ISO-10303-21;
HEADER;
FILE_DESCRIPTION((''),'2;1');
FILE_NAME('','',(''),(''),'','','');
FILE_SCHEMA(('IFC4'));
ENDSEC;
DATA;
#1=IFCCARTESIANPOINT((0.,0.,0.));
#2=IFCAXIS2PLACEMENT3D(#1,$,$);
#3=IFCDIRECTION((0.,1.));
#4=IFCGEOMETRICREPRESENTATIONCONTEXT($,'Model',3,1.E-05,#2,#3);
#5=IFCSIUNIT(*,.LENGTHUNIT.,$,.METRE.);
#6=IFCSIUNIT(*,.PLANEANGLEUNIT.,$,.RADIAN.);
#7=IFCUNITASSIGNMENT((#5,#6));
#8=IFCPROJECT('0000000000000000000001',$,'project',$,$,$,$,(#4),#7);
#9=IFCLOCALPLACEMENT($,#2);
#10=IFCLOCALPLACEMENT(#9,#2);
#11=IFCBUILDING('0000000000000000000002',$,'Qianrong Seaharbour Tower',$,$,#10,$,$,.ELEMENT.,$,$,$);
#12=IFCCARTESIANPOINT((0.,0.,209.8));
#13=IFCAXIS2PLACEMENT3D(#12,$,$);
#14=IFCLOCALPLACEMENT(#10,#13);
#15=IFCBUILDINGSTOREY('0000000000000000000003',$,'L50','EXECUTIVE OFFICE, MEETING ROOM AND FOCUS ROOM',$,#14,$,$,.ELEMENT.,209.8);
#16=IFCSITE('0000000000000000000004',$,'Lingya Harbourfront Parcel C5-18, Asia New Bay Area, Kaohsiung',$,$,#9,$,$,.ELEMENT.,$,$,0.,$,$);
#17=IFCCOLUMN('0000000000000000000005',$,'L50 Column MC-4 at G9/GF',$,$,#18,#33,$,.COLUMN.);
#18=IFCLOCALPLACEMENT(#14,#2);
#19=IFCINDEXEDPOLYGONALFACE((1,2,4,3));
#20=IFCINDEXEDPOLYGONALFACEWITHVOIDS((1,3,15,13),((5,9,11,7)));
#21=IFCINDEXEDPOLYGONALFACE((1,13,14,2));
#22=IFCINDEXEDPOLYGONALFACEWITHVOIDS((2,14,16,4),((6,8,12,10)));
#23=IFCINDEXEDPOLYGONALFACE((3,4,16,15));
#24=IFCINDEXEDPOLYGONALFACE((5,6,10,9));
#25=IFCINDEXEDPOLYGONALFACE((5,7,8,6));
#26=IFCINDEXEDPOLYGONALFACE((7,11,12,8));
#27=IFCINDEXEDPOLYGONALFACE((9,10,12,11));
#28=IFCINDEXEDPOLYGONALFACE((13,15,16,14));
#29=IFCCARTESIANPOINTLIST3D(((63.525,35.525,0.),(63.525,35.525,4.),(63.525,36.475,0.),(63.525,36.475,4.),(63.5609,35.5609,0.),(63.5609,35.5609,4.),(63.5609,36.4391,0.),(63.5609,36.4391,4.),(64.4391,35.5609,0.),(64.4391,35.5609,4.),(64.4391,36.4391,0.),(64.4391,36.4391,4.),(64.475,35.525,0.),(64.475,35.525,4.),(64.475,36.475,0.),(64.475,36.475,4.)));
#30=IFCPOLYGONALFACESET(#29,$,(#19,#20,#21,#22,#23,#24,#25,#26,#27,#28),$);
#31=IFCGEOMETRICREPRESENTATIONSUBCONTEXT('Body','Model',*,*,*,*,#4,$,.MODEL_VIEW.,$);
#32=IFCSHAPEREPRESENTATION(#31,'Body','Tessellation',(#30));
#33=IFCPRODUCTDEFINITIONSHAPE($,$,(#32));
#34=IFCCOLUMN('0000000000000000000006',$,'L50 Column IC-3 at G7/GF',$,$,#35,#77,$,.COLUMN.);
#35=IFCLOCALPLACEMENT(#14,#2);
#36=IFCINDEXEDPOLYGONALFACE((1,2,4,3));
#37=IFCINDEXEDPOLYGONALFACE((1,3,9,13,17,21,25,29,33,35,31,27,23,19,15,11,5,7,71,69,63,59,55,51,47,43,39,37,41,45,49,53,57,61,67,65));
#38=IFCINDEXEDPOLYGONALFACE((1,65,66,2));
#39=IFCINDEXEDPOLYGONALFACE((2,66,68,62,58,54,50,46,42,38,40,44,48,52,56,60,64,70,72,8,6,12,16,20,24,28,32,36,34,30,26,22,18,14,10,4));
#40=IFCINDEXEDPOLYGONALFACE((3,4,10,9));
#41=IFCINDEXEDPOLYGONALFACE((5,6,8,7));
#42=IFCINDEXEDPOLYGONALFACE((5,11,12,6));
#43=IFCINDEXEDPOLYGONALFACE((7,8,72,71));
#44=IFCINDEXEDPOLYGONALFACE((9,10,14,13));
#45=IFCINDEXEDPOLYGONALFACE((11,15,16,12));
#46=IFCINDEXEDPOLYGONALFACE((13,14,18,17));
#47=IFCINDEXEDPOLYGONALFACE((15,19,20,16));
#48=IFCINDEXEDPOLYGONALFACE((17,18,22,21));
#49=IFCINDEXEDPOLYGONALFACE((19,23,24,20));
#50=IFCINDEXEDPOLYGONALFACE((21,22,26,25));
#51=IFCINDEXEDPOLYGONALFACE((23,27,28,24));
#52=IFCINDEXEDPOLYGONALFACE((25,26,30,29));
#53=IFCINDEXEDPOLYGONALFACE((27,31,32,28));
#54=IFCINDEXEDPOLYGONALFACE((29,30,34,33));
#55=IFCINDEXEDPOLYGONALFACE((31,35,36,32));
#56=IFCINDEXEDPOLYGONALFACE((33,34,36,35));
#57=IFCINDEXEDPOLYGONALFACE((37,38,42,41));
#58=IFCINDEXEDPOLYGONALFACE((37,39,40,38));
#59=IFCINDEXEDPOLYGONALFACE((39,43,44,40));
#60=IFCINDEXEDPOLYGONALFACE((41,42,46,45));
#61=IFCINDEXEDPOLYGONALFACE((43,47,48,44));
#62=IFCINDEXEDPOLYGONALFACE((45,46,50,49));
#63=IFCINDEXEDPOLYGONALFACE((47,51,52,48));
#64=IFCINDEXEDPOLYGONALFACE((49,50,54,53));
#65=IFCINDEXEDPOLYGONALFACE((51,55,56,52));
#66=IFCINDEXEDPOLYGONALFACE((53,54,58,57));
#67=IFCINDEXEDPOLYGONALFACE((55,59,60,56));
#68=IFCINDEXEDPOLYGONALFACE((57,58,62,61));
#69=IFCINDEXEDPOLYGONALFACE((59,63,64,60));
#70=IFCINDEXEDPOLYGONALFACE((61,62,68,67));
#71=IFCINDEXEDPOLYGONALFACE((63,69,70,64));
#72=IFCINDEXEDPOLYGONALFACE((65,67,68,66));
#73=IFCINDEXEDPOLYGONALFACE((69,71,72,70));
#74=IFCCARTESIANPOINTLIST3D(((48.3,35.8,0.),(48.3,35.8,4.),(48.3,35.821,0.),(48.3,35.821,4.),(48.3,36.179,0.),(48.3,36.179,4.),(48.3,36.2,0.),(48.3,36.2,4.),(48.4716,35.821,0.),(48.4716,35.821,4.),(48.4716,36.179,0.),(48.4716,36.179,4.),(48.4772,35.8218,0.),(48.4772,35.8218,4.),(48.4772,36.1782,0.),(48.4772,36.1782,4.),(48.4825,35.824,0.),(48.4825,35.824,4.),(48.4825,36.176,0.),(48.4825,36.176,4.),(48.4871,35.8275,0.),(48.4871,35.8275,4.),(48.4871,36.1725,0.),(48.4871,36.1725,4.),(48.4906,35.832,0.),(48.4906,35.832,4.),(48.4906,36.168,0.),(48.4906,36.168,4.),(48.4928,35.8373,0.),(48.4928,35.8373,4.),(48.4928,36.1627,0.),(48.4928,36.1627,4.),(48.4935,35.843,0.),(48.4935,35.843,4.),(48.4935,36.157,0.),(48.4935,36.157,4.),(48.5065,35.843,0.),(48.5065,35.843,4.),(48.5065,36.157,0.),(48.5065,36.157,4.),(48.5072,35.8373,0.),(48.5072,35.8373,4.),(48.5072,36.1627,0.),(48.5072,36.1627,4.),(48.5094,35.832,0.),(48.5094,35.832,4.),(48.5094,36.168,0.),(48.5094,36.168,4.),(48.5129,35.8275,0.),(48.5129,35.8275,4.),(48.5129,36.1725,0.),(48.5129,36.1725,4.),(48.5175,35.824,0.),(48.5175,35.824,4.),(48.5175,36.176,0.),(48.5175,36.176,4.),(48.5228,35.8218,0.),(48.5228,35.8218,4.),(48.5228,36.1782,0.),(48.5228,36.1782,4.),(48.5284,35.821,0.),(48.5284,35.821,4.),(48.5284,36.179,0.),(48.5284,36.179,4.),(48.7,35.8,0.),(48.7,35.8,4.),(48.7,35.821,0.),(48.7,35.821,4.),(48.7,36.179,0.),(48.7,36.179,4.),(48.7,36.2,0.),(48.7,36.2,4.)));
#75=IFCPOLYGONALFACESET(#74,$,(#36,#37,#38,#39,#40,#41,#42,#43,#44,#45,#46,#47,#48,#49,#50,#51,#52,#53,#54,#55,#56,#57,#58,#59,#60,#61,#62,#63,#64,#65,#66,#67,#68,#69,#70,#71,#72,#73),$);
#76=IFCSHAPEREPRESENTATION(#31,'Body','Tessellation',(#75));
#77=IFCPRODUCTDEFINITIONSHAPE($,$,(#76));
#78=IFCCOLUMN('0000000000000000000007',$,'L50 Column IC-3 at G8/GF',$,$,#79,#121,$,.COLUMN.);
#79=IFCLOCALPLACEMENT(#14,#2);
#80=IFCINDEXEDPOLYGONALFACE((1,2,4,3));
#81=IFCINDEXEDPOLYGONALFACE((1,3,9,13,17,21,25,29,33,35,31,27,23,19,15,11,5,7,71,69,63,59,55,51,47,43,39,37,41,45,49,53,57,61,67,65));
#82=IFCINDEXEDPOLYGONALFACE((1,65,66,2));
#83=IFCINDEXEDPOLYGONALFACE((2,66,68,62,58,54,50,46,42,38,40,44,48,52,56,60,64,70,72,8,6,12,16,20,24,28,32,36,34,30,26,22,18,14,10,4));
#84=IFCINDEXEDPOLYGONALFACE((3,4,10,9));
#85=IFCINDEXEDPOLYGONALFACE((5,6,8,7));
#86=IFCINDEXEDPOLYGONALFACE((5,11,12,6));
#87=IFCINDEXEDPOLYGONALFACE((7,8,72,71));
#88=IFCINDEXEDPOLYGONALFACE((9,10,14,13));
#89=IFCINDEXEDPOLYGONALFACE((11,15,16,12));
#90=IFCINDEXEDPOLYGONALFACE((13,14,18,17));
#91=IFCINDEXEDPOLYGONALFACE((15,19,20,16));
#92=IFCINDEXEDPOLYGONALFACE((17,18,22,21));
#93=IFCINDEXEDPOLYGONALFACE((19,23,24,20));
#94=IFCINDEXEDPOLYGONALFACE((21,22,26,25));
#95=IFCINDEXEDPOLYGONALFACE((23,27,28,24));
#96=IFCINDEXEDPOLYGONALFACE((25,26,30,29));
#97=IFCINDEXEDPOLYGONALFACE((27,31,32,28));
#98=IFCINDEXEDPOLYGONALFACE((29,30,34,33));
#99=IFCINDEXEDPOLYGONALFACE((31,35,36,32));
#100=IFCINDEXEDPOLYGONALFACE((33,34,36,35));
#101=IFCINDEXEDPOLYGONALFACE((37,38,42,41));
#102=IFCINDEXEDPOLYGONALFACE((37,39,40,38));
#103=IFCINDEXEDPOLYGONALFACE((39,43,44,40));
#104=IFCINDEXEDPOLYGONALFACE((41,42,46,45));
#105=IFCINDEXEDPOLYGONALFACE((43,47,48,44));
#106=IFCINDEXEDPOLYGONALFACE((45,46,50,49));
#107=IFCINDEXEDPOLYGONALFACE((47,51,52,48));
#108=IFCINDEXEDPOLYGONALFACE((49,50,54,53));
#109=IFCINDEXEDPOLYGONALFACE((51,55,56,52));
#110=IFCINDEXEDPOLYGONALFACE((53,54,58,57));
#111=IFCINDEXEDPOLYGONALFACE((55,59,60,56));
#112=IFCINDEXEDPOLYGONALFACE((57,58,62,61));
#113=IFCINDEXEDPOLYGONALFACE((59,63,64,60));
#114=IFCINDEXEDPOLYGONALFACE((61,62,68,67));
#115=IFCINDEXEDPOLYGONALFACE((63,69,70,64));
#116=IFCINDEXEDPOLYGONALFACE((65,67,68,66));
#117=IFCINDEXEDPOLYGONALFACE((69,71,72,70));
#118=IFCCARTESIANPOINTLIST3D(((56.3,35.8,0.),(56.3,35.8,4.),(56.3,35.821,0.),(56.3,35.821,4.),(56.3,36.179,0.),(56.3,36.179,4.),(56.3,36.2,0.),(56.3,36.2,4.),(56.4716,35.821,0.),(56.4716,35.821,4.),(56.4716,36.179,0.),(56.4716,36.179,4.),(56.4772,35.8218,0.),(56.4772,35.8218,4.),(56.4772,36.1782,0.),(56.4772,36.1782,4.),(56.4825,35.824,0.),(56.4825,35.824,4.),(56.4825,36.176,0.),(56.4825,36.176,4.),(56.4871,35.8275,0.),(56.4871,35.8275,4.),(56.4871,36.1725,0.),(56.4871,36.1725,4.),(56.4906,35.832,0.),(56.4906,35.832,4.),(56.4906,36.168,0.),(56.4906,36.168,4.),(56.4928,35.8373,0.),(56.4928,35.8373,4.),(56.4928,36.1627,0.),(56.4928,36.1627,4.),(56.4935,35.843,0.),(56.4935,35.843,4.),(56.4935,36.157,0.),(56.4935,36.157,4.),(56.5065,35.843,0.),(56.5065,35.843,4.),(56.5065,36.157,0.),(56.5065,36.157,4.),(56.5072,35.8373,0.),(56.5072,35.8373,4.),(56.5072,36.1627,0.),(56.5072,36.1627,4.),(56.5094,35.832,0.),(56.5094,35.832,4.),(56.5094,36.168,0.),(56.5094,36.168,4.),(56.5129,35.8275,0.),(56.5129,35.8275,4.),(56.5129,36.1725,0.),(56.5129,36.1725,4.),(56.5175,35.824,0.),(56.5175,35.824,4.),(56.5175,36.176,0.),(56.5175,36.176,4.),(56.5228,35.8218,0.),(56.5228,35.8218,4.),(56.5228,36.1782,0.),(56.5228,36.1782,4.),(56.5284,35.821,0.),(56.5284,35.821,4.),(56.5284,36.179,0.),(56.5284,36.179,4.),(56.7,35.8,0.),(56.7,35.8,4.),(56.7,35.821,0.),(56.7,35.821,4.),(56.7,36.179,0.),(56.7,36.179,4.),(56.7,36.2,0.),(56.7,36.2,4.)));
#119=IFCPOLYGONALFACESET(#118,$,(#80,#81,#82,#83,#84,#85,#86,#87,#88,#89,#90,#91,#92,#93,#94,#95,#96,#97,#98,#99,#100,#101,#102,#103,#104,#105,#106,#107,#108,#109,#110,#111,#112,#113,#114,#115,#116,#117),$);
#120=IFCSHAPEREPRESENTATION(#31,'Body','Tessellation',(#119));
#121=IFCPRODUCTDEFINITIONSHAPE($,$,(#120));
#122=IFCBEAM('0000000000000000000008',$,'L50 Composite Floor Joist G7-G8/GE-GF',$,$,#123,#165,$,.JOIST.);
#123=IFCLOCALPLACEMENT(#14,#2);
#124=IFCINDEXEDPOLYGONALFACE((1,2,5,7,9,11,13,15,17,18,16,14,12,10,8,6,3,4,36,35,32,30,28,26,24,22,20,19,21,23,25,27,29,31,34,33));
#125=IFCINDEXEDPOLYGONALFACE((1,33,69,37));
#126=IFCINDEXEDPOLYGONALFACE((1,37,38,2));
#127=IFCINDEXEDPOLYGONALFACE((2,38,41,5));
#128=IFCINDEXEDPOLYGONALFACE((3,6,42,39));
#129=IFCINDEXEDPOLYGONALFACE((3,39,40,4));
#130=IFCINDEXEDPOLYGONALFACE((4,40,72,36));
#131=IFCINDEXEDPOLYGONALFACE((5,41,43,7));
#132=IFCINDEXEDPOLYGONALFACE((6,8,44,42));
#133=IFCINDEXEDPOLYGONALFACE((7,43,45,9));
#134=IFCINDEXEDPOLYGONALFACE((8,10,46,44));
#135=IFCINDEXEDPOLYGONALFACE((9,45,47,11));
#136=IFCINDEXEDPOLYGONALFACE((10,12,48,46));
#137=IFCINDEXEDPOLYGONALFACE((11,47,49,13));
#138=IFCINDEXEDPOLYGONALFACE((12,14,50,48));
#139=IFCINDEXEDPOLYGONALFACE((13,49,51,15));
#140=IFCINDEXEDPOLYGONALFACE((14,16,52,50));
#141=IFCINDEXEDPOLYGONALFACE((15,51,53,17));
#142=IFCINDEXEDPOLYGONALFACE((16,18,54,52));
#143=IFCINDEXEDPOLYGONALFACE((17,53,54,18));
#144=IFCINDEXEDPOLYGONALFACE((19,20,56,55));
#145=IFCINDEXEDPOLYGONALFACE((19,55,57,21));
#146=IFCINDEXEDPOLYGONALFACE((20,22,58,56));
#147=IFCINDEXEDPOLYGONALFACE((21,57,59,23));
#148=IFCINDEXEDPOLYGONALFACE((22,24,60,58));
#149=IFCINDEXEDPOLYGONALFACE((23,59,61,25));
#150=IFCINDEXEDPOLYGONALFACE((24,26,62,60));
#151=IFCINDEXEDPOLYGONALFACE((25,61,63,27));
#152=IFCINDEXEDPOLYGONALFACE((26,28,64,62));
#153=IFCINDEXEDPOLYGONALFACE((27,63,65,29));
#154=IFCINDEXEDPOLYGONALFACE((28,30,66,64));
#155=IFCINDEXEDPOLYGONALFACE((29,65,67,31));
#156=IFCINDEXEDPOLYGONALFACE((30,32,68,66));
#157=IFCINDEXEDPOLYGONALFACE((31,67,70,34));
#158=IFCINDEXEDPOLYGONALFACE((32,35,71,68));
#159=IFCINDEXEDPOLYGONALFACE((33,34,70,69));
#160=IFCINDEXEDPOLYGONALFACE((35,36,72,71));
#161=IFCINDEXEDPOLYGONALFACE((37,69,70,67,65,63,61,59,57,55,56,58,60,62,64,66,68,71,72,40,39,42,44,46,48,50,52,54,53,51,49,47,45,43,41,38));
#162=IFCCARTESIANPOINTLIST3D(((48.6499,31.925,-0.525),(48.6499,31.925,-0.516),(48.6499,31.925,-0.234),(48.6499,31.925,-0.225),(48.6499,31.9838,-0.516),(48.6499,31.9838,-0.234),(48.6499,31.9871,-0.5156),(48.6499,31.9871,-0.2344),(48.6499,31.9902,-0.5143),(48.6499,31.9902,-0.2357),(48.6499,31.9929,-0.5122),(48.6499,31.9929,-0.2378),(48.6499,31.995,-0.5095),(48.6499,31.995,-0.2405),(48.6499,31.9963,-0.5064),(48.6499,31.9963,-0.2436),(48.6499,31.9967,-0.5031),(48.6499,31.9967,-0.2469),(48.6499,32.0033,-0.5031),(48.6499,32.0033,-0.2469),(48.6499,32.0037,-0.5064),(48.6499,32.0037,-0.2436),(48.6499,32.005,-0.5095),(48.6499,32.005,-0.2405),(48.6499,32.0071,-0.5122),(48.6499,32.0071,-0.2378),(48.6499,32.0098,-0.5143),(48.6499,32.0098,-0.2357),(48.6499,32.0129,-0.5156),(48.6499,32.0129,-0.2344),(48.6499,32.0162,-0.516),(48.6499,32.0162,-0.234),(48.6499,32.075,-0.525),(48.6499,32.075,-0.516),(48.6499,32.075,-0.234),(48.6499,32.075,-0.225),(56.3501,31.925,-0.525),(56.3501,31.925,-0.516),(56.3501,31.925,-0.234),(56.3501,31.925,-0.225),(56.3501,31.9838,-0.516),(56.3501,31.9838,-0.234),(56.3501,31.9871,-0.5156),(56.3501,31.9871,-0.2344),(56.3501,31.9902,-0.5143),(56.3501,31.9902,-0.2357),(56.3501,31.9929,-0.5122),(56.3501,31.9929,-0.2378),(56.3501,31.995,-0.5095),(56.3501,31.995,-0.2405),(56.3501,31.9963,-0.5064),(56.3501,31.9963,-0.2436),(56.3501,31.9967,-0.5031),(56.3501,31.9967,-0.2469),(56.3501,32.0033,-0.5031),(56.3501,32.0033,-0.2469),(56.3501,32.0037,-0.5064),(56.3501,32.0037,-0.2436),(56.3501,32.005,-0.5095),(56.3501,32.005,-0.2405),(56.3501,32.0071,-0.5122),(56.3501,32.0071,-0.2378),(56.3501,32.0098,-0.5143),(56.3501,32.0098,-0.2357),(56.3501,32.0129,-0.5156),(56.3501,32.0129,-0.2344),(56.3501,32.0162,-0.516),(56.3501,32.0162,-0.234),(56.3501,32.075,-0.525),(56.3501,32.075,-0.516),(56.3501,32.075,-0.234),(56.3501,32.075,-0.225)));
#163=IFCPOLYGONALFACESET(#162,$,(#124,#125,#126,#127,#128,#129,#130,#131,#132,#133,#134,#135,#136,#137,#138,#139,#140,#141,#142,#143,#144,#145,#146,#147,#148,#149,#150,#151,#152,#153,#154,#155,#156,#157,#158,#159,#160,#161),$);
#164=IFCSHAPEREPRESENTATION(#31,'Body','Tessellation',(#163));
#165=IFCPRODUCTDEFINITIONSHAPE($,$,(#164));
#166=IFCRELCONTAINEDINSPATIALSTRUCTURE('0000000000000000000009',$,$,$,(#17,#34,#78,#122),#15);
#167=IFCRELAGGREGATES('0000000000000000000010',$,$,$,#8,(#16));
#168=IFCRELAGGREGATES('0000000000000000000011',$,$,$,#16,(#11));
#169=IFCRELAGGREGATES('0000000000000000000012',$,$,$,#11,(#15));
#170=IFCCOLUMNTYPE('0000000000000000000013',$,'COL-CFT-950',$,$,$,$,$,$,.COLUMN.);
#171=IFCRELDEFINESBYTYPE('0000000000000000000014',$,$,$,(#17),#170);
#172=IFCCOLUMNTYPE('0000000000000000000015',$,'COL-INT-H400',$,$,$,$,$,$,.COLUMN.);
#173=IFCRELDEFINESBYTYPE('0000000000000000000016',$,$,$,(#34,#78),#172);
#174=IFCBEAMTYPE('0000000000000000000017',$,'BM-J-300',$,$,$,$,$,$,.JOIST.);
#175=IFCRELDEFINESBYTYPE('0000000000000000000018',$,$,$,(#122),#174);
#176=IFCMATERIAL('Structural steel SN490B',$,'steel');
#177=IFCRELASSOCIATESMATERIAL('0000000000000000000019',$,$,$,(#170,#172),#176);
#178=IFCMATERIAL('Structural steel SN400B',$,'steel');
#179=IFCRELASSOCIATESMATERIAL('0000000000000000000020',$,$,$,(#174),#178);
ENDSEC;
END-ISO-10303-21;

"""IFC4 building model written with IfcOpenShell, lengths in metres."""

from ifc_helpers import new_model, si_unit, direction, frame, origin, origin_2d, place, context, subcontext, project, spatial, hollow_rectangle, i_section, extrude, material, material_profile, profile_set, type_object, element, save


model = new_model("IFC4")

# Units and contexts
model_context = context("Model", 3, precision=1e-05, world=origin(), true_north=direction((0.0, 1.0)))
body_context = subcontext(model_context, "Body", "Model", "MODEL_VIEW")
ifc_project = project(units=[si_unit("LENGTHUNIT", "METRE"), si_unit("PLANEANGLEUNIT", "RADIAN")], contexts=[model_context])

# Site, building, storey
site_placement = place(None, origin())
site = spatial("IfcSite", under=ifc_project, at=site_placement, Name="Lingya Harbourfront Parcel C5-18, Asia New Bay Area, Kaohsiung", CompositionType="ELEMENT", RefElevation=0.0)
building_placement = place(site_placement, origin())
building = spatial("IfcBuilding", under=site, at=building_placement, Name="Qianrong Seaharbour Tower", CompositionType="ELEMENT")
storey_placement = place(building_placement, frame((0.0, 0.0, 209.8)))
storey = spatial("IfcBuildingStorey", under=building, at=storey_placement, Name="L50", Description="EXECUTIVE OFFICE, MEETING ROOM AND FOCUS ROOM", CompositionType="ELEMENT", Elevation=209.8)

# Columns
ifc_material_1 = material(Name="Structural steel SN490B", Category="steel")
ifc_material_profile_1 = material_profile(ifc_material_1, hollow_rectangle(XDim=0.95, YDim=0.95, WallThickness=0.0359, at=origin_2d()), Name="BOX950x950x36")
ifc_profile_set_1 = profile_set([ifc_material_profile_1], Name="Structural steel SN490B")
column_type_1 = type_object("IfcColumnType", Name="COL-CFT-950", PredefinedType="COLUMN", material=ifc_profile_set_1)
column_placement = place(storey_placement, frame((64.0, 36.0, 0.0), z_axis=(0.0, 0.0, 1.0), x_axis=(1.0, 0.0, 0.0)))
element("IfcColumn", 1, at=column_placement, inside=storey, type_object=column_type_1, Name="L50 Column MC-4 at G9/GF", PredefinedType="COLUMN", context=body_context, shape_type="SweptSolid", body=[
    extrude(hollow_rectangle(XDim=0.95, YDim=0.95, WallThickness=0.0359, at=origin_2d()), origin(), (0.0, 0.0, 1.0), 4.0),
])
ifc_material_profile_2 = material_profile(ifc_material_1, i_section(OverallWidth=0.3999, OverallDepth=0.3999, WebThickness=0.0129, FlangeThickness=0.021, FilletRadius=0.022, at=origin_2d()), Name="H400x400x13x21")
ifc_profile_set_2 = profile_set([ifc_material_profile_2], Name="Structural steel SN490B")
column_type_2 = type_object("IfcColumnType", Name="COL-INT-H400", PredefinedType="COLUMN", material=ifc_profile_set_2)
for number, where, z_axis, x_axis, name in (
    (2, (48.5, 36.0, 0.0), (0.0, 0.0, 1.0), (1.0, 0.0, 0.0), "L50 Column IC-3 at G7/GF"),
    (3, (56.5, 36.0, 0.0), (0.0, 0.0, 1.0), (1.0, 0.0, 0.0), "L50 Column IC-3 at G8/GF"),
):
    element("IfcColumn", number, at=place(storey_placement, frame(where, z_axis=z_axis, x_axis=x_axis)), inside=storey, type_object=column_type_2, Name=name, PredefinedType="COLUMN", context=body_context, shape_type="SweptSolid", body=[
        extrude(i_section(OverallWidth=0.3999, OverallDepth=0.3999, WebThickness=0.0129, FlangeThickness=0.021, FilletRadius=0.022, at=origin_2d()), origin(), (0.0, 0.0, 1.0), 4.0),
    ])

# Beam
ifc_material_2 = material(Name="Structural steel SN400B", Category="steel")
ifc_material_profile_3 = material_profile(ifc_material_2, i_section(OverallWidth=0.1499, OverallDepth=0.3, WebThickness=0.0066, FlangeThickness=0.009, FilletRadius=0.0129, at=origin_2d()), Name="H300x150x6.5x9")
ifc_profile_set_3 = profile_set([ifc_material_profile_3], Name="Structural steel SN400B")
beam_type_1 = type_object("IfcBeamType", Name="BM-J-300", PredefinedType="JOIST", material=ifc_profile_set_3)
beam_1_placement = place(storey_placement, frame((48.6499, 32.0, -0.375), z_axis=(1.0, 0.0, 0.0), x_axis=(0.0, 1.0, 0.0)))
element("IfcBeam", 4, at=beam_1_placement, inside=storey, type_object=beam_type_1, Name="L50 Composite Floor Joist G7-G8/GE-GF", PredefinedType="JOIST", context=body_context, shape_type="SweptSolid", body=[
    extrude(i_section(OverallWidth=0.1499, OverallDepth=0.3, WebThickness=0.0066, FlangeThickness=0.009, FilletRadius=0.0129, at=origin_2d()), origin(), (0.0, 0.0, 1.0), 7.7002),
])

save(model, "model.ifc")
